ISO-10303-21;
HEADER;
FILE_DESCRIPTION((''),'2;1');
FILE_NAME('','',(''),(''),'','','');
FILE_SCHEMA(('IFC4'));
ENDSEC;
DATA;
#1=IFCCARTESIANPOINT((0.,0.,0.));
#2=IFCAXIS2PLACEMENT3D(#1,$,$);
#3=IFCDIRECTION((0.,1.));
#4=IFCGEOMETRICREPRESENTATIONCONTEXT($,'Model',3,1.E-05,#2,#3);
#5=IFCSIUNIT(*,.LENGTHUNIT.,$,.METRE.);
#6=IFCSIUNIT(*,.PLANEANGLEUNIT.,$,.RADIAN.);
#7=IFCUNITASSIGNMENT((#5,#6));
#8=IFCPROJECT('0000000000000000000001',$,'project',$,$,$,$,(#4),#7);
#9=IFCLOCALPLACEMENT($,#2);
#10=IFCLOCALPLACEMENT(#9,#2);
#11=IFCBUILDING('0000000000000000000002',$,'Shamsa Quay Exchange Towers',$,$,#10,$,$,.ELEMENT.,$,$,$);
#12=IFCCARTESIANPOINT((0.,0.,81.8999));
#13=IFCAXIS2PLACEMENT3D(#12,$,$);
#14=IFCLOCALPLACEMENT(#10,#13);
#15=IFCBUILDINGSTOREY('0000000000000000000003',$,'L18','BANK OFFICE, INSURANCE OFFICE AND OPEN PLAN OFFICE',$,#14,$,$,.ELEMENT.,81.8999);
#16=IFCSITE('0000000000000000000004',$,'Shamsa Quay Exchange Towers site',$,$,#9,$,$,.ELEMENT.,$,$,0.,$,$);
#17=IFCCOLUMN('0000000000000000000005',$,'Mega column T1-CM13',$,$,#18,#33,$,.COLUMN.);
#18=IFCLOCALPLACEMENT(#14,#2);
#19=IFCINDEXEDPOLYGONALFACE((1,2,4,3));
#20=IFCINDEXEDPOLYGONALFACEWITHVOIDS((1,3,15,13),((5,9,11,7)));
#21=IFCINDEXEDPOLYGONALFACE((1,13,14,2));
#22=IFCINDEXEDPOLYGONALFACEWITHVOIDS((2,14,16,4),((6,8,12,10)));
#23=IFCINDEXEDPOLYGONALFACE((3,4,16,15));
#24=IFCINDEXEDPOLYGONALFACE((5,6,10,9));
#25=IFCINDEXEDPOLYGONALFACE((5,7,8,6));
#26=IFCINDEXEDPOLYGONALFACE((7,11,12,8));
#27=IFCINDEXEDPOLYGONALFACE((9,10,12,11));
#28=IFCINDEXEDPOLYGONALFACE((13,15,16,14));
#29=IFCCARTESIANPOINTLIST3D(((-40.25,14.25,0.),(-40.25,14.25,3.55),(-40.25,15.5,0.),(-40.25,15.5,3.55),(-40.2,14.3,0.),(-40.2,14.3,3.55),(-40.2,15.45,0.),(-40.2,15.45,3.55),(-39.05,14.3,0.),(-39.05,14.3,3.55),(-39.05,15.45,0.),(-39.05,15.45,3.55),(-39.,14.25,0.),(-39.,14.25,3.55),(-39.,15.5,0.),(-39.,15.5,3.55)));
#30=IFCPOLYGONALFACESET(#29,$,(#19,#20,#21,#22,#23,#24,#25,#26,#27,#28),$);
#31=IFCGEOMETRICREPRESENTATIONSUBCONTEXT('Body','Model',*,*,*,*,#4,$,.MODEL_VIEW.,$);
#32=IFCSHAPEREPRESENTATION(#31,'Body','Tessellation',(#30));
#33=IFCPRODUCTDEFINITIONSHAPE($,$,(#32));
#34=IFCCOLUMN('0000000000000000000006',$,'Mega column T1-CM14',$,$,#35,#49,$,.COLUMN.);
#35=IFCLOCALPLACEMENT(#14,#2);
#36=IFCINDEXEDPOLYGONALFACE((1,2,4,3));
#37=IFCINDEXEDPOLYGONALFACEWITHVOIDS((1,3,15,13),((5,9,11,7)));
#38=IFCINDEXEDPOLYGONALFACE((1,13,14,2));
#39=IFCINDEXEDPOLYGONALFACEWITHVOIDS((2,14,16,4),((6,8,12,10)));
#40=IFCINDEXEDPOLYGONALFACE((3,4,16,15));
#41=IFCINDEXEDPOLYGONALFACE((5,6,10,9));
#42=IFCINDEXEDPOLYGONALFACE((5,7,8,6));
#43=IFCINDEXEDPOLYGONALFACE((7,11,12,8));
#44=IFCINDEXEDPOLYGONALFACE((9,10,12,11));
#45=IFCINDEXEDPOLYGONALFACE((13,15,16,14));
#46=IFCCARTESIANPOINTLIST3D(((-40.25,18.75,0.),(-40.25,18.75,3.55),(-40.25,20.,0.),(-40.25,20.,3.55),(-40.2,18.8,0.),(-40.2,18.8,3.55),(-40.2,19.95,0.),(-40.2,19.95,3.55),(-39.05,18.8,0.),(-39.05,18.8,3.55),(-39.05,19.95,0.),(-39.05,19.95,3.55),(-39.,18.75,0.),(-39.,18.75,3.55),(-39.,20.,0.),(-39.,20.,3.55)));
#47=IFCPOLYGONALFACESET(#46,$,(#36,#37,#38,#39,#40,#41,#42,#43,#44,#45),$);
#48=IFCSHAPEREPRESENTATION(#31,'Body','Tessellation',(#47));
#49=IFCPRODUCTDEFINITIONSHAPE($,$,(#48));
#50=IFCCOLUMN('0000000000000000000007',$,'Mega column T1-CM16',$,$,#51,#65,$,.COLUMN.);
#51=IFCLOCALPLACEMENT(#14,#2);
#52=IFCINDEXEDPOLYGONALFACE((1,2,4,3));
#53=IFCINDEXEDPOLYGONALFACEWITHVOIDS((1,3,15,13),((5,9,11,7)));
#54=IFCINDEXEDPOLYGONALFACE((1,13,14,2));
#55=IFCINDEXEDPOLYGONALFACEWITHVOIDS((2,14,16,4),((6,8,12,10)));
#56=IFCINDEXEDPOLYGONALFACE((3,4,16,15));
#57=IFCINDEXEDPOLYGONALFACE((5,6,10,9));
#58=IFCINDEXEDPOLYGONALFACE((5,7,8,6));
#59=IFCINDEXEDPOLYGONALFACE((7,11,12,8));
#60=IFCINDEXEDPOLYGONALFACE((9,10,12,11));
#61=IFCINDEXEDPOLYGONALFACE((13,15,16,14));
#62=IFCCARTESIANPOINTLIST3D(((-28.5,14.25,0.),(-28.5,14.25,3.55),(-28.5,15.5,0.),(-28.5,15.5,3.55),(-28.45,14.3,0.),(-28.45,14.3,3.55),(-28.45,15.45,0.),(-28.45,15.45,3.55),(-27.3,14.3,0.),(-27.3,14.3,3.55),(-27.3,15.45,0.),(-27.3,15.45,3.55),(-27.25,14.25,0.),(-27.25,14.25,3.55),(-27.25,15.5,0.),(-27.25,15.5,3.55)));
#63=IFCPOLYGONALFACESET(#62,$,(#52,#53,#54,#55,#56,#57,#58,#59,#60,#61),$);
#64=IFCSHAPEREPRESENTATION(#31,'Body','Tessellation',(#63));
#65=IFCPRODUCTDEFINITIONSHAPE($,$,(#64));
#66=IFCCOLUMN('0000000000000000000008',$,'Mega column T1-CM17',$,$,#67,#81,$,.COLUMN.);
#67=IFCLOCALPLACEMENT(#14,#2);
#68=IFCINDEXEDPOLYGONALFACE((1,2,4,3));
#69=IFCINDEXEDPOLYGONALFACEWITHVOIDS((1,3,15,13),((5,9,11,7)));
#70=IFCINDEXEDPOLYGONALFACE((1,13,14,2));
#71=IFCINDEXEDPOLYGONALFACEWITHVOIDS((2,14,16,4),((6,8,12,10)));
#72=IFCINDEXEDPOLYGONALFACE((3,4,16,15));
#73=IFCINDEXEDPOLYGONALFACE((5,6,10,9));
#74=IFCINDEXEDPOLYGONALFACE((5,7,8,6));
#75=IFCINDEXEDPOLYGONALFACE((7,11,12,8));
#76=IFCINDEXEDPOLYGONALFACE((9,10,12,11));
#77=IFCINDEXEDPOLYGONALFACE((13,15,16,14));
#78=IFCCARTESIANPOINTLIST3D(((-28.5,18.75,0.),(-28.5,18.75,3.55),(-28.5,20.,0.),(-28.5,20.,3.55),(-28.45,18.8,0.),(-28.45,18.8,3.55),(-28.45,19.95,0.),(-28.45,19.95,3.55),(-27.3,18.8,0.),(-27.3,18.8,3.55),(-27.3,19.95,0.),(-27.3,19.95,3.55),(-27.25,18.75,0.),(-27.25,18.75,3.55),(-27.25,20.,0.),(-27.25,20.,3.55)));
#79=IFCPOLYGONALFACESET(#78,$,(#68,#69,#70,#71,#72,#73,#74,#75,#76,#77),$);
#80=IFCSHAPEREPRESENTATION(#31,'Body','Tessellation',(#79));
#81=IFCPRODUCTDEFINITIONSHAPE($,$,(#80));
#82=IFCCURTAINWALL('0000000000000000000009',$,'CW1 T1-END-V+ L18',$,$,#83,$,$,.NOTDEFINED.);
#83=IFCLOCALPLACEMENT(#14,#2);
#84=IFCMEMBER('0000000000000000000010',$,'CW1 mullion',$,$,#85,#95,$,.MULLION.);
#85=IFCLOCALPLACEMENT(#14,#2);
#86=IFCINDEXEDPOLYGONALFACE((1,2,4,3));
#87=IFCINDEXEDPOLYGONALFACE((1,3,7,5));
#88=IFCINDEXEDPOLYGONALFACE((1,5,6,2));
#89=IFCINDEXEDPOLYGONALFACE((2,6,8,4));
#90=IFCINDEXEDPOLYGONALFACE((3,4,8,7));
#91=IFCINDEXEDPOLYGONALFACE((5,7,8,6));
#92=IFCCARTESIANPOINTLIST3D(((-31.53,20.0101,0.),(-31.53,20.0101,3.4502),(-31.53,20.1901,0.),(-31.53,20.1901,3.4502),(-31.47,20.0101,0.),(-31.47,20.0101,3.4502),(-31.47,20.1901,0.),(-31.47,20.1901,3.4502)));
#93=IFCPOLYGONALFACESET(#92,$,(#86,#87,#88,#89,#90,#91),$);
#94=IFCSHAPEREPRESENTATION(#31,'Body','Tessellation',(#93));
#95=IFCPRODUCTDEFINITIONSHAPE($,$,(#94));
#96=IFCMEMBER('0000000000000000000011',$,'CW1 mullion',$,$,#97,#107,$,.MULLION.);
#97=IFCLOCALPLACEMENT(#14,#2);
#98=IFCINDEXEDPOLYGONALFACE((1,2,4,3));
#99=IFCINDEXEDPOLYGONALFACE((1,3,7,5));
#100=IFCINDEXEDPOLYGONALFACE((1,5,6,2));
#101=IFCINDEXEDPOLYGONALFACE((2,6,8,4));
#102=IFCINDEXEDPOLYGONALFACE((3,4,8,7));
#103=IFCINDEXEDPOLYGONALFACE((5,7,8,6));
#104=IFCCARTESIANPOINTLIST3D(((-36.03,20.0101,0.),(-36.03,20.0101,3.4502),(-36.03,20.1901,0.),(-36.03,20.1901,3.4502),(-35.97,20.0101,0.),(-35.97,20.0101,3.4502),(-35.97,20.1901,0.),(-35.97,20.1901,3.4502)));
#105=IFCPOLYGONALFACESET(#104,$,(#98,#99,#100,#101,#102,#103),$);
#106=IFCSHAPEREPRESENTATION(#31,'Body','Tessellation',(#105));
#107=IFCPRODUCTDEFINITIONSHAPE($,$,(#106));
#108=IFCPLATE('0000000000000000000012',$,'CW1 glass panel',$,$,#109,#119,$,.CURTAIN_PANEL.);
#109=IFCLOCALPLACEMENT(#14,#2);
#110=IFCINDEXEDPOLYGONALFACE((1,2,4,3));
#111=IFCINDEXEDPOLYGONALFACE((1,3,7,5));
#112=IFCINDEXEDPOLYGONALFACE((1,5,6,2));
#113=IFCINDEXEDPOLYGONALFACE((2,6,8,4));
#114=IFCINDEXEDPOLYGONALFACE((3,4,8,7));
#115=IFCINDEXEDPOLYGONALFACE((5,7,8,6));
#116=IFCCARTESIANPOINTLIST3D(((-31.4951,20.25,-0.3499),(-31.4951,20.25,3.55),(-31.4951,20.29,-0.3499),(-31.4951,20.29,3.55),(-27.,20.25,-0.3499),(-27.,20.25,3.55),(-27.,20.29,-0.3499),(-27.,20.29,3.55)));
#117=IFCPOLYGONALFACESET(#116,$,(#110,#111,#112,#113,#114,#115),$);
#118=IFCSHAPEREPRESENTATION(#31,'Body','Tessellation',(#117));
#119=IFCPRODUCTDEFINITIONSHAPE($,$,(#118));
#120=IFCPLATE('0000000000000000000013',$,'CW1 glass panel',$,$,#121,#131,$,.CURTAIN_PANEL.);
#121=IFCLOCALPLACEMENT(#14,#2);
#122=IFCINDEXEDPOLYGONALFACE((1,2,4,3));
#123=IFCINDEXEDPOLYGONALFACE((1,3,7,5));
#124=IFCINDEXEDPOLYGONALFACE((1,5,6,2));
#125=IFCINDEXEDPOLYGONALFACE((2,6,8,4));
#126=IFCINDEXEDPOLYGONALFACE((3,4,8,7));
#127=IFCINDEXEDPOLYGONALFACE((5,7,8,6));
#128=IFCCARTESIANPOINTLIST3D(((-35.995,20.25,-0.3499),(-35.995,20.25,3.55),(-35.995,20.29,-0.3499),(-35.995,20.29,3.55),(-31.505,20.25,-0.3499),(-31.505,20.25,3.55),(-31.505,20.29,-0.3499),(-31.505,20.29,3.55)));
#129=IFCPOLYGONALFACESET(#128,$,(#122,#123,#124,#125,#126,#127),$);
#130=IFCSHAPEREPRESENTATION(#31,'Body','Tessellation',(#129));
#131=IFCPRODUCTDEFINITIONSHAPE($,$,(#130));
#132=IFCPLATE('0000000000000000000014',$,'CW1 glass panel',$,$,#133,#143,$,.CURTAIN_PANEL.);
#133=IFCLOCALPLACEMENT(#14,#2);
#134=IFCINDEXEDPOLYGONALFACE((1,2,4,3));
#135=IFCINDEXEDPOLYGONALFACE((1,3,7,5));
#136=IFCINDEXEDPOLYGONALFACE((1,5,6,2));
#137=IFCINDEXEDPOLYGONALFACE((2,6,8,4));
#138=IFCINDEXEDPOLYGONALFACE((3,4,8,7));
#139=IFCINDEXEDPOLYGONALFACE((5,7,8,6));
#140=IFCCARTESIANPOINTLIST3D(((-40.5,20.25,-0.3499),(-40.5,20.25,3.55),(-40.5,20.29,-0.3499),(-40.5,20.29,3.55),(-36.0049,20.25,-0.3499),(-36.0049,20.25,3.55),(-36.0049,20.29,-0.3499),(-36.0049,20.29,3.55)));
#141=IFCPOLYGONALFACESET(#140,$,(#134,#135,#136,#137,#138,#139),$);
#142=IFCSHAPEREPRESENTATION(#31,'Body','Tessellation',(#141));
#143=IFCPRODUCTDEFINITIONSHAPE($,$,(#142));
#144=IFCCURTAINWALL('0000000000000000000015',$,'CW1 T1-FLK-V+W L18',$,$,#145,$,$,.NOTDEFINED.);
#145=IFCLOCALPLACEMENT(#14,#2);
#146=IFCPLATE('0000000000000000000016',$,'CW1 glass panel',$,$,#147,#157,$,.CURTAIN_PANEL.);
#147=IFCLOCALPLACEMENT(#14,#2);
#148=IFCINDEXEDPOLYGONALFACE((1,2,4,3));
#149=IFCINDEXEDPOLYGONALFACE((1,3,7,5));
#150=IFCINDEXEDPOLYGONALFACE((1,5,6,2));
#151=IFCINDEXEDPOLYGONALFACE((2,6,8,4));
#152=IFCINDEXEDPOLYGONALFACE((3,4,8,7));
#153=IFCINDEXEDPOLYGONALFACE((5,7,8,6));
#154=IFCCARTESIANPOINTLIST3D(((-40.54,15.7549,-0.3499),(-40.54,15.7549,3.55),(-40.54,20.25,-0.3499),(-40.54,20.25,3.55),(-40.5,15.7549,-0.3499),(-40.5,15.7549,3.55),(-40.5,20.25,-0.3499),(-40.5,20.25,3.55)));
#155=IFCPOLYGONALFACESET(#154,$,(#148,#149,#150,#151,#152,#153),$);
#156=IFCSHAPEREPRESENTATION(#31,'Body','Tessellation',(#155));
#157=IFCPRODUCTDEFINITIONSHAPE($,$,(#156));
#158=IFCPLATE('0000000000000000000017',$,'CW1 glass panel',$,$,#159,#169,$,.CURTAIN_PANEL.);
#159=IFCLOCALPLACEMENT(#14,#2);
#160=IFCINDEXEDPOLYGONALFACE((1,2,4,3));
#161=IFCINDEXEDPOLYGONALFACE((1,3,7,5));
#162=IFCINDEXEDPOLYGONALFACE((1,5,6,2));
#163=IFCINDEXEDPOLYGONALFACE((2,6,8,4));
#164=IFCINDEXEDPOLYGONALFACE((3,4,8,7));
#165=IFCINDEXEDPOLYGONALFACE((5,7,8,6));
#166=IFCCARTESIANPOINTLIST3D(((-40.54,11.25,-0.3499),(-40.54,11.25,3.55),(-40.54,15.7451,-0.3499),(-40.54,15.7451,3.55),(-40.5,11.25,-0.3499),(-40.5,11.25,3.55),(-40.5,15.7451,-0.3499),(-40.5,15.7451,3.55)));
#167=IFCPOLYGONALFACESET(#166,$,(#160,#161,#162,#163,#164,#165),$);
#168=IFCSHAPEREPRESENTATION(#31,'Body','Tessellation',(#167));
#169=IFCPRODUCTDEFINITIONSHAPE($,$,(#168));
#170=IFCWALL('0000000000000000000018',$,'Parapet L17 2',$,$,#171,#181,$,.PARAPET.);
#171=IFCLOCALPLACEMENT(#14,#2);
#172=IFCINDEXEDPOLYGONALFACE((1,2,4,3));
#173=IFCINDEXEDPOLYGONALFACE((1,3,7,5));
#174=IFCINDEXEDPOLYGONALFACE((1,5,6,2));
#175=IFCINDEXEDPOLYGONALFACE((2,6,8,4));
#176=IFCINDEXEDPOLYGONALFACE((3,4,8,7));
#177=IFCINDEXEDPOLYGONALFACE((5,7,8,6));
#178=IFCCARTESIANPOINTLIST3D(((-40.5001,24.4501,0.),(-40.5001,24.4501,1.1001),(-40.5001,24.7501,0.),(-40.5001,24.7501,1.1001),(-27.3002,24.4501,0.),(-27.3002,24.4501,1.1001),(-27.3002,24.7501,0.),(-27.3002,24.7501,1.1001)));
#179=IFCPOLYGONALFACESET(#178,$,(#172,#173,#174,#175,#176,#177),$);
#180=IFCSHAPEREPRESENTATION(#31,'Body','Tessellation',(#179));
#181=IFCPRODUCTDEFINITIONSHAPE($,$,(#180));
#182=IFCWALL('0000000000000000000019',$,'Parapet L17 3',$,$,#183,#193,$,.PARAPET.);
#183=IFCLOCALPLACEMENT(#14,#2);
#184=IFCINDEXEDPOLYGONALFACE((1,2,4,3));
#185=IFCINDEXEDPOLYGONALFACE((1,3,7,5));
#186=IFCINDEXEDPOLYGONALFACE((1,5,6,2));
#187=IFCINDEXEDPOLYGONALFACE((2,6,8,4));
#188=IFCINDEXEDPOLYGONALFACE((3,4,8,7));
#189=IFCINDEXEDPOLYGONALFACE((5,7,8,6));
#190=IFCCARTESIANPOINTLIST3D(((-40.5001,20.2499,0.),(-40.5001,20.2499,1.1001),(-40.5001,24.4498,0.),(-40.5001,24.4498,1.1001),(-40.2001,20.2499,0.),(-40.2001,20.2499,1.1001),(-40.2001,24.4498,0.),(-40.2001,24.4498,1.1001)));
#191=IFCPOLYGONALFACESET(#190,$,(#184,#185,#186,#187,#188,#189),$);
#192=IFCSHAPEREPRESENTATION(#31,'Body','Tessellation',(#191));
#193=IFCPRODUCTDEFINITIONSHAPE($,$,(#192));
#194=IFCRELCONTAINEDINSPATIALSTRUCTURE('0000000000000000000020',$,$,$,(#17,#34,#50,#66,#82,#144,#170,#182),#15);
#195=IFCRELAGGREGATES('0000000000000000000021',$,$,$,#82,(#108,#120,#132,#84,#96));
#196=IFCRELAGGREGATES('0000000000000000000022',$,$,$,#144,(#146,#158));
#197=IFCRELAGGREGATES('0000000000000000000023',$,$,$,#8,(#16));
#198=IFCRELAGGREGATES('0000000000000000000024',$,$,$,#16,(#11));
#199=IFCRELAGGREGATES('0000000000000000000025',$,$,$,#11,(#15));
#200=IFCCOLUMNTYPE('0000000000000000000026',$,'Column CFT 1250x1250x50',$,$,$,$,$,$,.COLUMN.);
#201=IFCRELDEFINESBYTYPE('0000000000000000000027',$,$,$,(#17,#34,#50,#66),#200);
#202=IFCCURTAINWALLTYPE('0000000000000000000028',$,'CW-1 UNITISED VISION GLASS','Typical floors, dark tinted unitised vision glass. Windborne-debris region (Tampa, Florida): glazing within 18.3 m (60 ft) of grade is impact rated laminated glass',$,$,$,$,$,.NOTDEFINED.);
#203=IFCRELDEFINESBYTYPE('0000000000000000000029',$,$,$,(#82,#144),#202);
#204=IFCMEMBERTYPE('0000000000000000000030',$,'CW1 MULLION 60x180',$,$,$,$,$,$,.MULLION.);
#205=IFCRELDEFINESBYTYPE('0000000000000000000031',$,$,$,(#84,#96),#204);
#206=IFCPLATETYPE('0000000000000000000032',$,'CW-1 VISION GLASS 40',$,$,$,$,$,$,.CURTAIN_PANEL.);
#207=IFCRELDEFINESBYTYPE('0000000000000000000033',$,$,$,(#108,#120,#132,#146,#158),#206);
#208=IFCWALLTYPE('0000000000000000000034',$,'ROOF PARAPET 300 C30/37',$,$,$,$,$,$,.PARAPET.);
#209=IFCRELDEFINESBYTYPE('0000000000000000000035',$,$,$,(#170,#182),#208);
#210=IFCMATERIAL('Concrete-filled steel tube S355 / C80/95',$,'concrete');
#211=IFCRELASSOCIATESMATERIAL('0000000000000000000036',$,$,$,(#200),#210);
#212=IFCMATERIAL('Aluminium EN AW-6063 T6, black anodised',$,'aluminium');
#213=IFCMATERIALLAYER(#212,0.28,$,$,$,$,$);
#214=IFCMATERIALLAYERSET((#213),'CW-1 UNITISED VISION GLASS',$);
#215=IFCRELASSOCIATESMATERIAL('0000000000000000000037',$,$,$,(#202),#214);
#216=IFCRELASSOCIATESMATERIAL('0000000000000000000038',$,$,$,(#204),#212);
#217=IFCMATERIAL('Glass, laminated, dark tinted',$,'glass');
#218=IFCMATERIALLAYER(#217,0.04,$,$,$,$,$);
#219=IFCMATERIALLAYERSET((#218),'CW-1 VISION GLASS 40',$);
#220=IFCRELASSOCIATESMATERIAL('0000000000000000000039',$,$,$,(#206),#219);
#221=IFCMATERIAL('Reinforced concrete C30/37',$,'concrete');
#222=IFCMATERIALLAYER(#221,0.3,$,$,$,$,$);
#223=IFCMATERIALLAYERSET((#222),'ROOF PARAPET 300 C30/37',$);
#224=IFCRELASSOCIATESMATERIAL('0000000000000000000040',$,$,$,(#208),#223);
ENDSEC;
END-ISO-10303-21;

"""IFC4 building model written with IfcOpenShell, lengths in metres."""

from ifc_helpers import new_model, si_unit, direction, frame, frame_2d, origin, origin_2d, place, context, subcontext, project, spatial, rectangle, hollow_rectangle, extrude, material, layer, layer_set, material_profile, profile_set, type_object, element, aggregate, save


model = new_model("IFC4")

# Units and contexts
model_context = context("Model", 3, precision=1e-05, world=origin(), true_north=direction((0.0, 1.0)))
body_context = subcontext(model_context, "Body", "Model", "MODEL_VIEW")
ifc_project = project(units=[si_unit("LENGTHUNIT", "METRE"), si_unit("PLANEANGLEUNIT", "RADIAN")], contexts=[model_context])

# Site, building, storey
site_placement = place(None, origin())
site = spatial("IfcSite", under=ifc_project, at=site_placement, Name="Shamsa Quay Exchange Towers site", CompositionType="ELEMENT", RefElevation=0.0)
building_placement = place(site_placement, origin())
building = spatial("IfcBuilding", under=site, at=building_placement, Name="Shamsa Quay Exchange Towers", CompositionType="ELEMENT")
storey_placement = place(building_placement, frame((0.0, 0.0, 81.8999)))
storey = spatial("IfcBuildingStorey", under=building, at=storey_placement, Name="L18", Description="BANK OFFICE, INSURANCE OFFICE AND OPEN PLAN OFFICE", CompositionType="ELEMENT", Elevation=81.8999)

# Columns
ifc_material_1 = material(Name="Concrete-filled steel tube S355 / C80/95", Category="concrete")
ifc_material_profile_1 = material_profile(ifc_material_1, hollow_rectangle(XDim=1.25, YDim=1.25, WallThickness=0.05, at=origin_2d()), Name="CFT 1250x1250x50")
ifc_profile_set_1 = profile_set([ifc_material_profile_1], Name="Concrete-filled steel tube S355 / C80/95")
column_type = type_object("IfcColumnType", Name="Column CFT 1250x1250x50", PredefinedType="COLUMN", material=ifc_profile_set_1)
for number, where, name in (
    (1, (-39.625, 14.875, 0.0), "Mega column T1-CM13"),
    (2, (-39.625, 19.375, 0.0), "Mega column T1-CM14"),
    (3, (-27.875, 14.875, 0.0), "Mega column T1-CM16"),
    (4, (-27.875, 19.375, 0.0), "Mega column T1-CM17"),
):
    element("IfcColumn", number, at=place(storey_placement, frame(where)), inside=storey, type_object=column_type, Name=name, PredefinedType="COLUMN", context=body_context, shape_type="SweptSolid", body=[
        extrude(hollow_rectangle(XDim=1.25, YDim=1.25, WallThickness=0.05, at=origin_2d()), origin(), (0.0, 0.0, 1.0), 3.55),
    ])

# Curtain wall, members, plates
ifc_material_2 = material(Name="Aluminium EN AW-6063 T6, black anodised", Category="aluminium")
ifc_layer_1 = layer(ifc_material_2, 0.28)
ifc_layer_set_1 = layer_set([ifc_layer_1], Name="CW-1 UNITISED VISION GLASS")
curtain_wall_type = type_object("IfcCurtainWallType", Name="CW-1 UNITISED VISION GLASS", Description="Typical floors, dark tinted unitised vision glass. Windborne-debris region (Tampa, Florida): glazing within 18.3 m (60 ft) of grade is impact rated laminated glass", PredefinedType="NOTDEFINED", material=ifc_layer_set_1)
curtain_wall_1_placement = place(storey_placement, origin())
curtain_wall_1 = element("IfcCurtainWall", 5, at=curtain_wall_1_placement, inside=storey, type_object=curtain_wall_type, Name="CW1 T1-END-V+ L18", PredefinedType="NOTDEFINED")
ifc_material_profile_2 = material_profile(ifc_material_2, rectangle(XDim=0.1799, YDim=0.0601, at=origin_2d()), Name="MU60x180")
ifc_profile_set_2 = profile_set([ifc_material_profile_2], Name="Aluminium EN AW-6063 T6, black anodised")
member_type = type_object("IfcMemberType", Name="CW1 MULLION 60x180", PredefinedType="MULLION", material=ifc_profile_set_2)
member_1_placement = place(storey_placement, frame((-31.5, 20.1001, 0.0), z_axis=(0.0, 0.0, 1.0), x_axis=(0.0, -1.0, 0.0)))
member_1 = element("IfcMember", 6, at=member_1_placement, type_object=member_type, Name="CW1 mullion", PredefinedType="MULLION", context=body_context, shape_type="SweptSolid", body=[
    extrude(rectangle(XDim=0.1799, YDim=0.0601, at=origin_2d()), origin(), (0.0, 0.0, 1.0), 3.4502),
])
member_2_placement = place(storey_placement, frame((-36.0, 20.1001, 0.0), z_axis=(0.0, 0.0, 1.0), x_axis=(0.0, -1.0, 0.0)))
member_2 = element("IfcMember", 7, at=member_2_placement, type_object=member_type, Name="CW1 mullion", PredefinedType="MULLION", context=body_context, shape_type="SweptSolid", body=[
    extrude(rectangle(XDim=0.1799, YDim=0.0601, at=origin_2d()), origin(), (0.0, 0.0, 1.0), 3.4502),
])
ifc_material_3 = material(Name="Glass, laminated, dark tinted", Category="glass")
ifc_layer_2 = layer(ifc_material_3, 0.04)
ifc_layer_set_2 = layer_set([ifc_layer_2], Name="CW-1 VISION GLASS 40")
plate_type = type_object("IfcPlateType", Name="CW-1 VISION GLASS 40", PredefinedType="CURTAIN_PANEL", material=ifc_layer_set_2)
plate_1_placement = place(storey_placement, frame((-29.2476, 20.27, -0.3499), z_axis=(0.0, 0.0, 1.0), x_axis=(-1.0, 0.0, 0.0)))
plate_1 = element("IfcPlate", 8, at=plate_1_placement, type_object=plate_type, Name="CW1 glass panel", PredefinedType="CURTAIN_PANEL", context=body_context, shape_type="SweptSolid", body=[
    extrude(rectangle(XDim=4.4951, YDim=0.04, at=origin_2d()), origin(), (0.0, 0.0, 1.0), 3.8999),
])
plate_2_placement = place(storey_placement, frame((-33.75, 20.27, -0.3499), z_axis=(0.0, 0.0, 1.0), x_axis=(-1.0, 0.0, 0.0)))
plate_2 = element("IfcPlate", 9, at=plate_2_placement, type_object=plate_type, Name="CW1 glass panel", PredefinedType="CURTAIN_PANEL", context=body_context, shape_type="SweptSolid", body=[
    extrude(rectangle(XDim=4.49, YDim=0.04, at=origin_2d()), origin(), (0.0, 0.0, 1.0), 3.8999),
])
plate_3_placement = place(storey_placement, frame((-38.2524, 20.27, -0.3499), z_axis=(0.0, 0.0, 1.0), x_axis=(-1.0, 0.0, 0.0)))
plate_3 = element("IfcPlate", 10, at=plate_3_placement, type_object=plate_type, Name="CW1 glass panel", PredefinedType="CURTAIN_PANEL", context=body_context, shape_type="SweptSolid", body=[
    extrude(rectangle(XDim=4.4951, YDim=0.04, at=origin_2d()), origin(), (0.0, 0.0, 1.0), 3.8999),
])
aggregate(curtain_wall_1, [plate_1, plate_2, plate_3, member_1, member_2])

# Curtain wall, plates
curtain_wall_2_placement = place(storey_placement, origin())
curtain_wall_2 = element("IfcCurtainWall", 11, at=curtain_wall_2_placement, inside=storey, type_object=curtain_wall_type, Name="CW1 T1-FLK-V+W L18", PredefinedType="NOTDEFINED")
plate_4_placement = place(storey_placement, frame((-40.52, 18.0024, -0.3499), z_axis=(0.0, 0.0, 1.0), x_axis=(0.0, -1.0, 0.0)))
plate_4 = element("IfcPlate", 12, at=plate_4_placement, type_object=plate_type, Name="CW1 glass panel", PredefinedType="CURTAIN_PANEL", context=body_context, shape_type="SweptSolid", body=[
    extrude(rectangle(XDim=4.4951, YDim=0.04, at=origin_2d()), origin(), (0.0, 0.0, 1.0), 3.8999),
])
plate_5_placement = place(storey_placement, frame((-40.52, 13.4976, -0.3499), z_axis=(0.0, 0.0, 1.0), x_axis=(0.0, -1.0, 0.0)))
plate_5 = element("IfcPlate", 13, at=plate_5_placement, type_object=plate_type, Name="CW1 glass panel", PredefinedType="CURTAIN_PANEL", context=body_context, shape_type="SweptSolid", body=[
    extrude(rectangle(XDim=4.4951, YDim=0.04, at=origin_2d()), origin(), (0.0, 0.0, 1.0), 3.8999),
])
aggregate(curtain_wall_2, [plate_4, plate_5])

# Walls
ifc_material_4 = material(Name="Reinforced concrete C30/37", Category="concrete")
ifc_layer_3 = layer(ifc_material_4, 0.3)
ifc_layer_set_3 = layer_set([ifc_layer_3], Name="ROOF PARAPET 300 C30/37")
wall_type = type_object("IfcWallType", Name="ROOF PARAPET 300 C30/37", PredefinedType="PARAPET", material=ifc_layer_set_3)
wall_1_placement = place(storey_placement, frame((-27.3, 24.6001, 0.0), z_axis=(0.0, 0.0, 1.0), x_axis=(-1.0, 0.0, 0.0)))
element("IfcWall", 14, at=wall_1_placement, inside=storey, type_object=wall_type, Name="Parapet L17 2", PredefinedType="PARAPET", context=body_context, shape_type="SweptSolid", body=[
    extrude(rectangle(XDim=13.2, YDim=0.3, at=frame_2d((6.6001, 0.0))), origin(), (0.0, 0.0, 1.0), 1.1001),
])
wall_2_placement = place(storey_placement, frame((-40.3501, 24.45, 0.0), z_axis=(0.0, 0.0, 1.0), x_axis=(0.0, -1.0, 0.0)))
element("IfcWall", 15, at=wall_2_placement, inside=storey, type_object=wall_type, Name="Parapet L17 3", PredefinedType="PARAPET", context=body_context, shape_type="SweptSolid", body=[
    extrude(rectangle(XDim=4.2, YDim=0.3, at=frame_2d((2.1001, 0.0))), origin(), (0.0, 0.0, 1.0), 1.1001),
])

save(model, "model.ifc")
